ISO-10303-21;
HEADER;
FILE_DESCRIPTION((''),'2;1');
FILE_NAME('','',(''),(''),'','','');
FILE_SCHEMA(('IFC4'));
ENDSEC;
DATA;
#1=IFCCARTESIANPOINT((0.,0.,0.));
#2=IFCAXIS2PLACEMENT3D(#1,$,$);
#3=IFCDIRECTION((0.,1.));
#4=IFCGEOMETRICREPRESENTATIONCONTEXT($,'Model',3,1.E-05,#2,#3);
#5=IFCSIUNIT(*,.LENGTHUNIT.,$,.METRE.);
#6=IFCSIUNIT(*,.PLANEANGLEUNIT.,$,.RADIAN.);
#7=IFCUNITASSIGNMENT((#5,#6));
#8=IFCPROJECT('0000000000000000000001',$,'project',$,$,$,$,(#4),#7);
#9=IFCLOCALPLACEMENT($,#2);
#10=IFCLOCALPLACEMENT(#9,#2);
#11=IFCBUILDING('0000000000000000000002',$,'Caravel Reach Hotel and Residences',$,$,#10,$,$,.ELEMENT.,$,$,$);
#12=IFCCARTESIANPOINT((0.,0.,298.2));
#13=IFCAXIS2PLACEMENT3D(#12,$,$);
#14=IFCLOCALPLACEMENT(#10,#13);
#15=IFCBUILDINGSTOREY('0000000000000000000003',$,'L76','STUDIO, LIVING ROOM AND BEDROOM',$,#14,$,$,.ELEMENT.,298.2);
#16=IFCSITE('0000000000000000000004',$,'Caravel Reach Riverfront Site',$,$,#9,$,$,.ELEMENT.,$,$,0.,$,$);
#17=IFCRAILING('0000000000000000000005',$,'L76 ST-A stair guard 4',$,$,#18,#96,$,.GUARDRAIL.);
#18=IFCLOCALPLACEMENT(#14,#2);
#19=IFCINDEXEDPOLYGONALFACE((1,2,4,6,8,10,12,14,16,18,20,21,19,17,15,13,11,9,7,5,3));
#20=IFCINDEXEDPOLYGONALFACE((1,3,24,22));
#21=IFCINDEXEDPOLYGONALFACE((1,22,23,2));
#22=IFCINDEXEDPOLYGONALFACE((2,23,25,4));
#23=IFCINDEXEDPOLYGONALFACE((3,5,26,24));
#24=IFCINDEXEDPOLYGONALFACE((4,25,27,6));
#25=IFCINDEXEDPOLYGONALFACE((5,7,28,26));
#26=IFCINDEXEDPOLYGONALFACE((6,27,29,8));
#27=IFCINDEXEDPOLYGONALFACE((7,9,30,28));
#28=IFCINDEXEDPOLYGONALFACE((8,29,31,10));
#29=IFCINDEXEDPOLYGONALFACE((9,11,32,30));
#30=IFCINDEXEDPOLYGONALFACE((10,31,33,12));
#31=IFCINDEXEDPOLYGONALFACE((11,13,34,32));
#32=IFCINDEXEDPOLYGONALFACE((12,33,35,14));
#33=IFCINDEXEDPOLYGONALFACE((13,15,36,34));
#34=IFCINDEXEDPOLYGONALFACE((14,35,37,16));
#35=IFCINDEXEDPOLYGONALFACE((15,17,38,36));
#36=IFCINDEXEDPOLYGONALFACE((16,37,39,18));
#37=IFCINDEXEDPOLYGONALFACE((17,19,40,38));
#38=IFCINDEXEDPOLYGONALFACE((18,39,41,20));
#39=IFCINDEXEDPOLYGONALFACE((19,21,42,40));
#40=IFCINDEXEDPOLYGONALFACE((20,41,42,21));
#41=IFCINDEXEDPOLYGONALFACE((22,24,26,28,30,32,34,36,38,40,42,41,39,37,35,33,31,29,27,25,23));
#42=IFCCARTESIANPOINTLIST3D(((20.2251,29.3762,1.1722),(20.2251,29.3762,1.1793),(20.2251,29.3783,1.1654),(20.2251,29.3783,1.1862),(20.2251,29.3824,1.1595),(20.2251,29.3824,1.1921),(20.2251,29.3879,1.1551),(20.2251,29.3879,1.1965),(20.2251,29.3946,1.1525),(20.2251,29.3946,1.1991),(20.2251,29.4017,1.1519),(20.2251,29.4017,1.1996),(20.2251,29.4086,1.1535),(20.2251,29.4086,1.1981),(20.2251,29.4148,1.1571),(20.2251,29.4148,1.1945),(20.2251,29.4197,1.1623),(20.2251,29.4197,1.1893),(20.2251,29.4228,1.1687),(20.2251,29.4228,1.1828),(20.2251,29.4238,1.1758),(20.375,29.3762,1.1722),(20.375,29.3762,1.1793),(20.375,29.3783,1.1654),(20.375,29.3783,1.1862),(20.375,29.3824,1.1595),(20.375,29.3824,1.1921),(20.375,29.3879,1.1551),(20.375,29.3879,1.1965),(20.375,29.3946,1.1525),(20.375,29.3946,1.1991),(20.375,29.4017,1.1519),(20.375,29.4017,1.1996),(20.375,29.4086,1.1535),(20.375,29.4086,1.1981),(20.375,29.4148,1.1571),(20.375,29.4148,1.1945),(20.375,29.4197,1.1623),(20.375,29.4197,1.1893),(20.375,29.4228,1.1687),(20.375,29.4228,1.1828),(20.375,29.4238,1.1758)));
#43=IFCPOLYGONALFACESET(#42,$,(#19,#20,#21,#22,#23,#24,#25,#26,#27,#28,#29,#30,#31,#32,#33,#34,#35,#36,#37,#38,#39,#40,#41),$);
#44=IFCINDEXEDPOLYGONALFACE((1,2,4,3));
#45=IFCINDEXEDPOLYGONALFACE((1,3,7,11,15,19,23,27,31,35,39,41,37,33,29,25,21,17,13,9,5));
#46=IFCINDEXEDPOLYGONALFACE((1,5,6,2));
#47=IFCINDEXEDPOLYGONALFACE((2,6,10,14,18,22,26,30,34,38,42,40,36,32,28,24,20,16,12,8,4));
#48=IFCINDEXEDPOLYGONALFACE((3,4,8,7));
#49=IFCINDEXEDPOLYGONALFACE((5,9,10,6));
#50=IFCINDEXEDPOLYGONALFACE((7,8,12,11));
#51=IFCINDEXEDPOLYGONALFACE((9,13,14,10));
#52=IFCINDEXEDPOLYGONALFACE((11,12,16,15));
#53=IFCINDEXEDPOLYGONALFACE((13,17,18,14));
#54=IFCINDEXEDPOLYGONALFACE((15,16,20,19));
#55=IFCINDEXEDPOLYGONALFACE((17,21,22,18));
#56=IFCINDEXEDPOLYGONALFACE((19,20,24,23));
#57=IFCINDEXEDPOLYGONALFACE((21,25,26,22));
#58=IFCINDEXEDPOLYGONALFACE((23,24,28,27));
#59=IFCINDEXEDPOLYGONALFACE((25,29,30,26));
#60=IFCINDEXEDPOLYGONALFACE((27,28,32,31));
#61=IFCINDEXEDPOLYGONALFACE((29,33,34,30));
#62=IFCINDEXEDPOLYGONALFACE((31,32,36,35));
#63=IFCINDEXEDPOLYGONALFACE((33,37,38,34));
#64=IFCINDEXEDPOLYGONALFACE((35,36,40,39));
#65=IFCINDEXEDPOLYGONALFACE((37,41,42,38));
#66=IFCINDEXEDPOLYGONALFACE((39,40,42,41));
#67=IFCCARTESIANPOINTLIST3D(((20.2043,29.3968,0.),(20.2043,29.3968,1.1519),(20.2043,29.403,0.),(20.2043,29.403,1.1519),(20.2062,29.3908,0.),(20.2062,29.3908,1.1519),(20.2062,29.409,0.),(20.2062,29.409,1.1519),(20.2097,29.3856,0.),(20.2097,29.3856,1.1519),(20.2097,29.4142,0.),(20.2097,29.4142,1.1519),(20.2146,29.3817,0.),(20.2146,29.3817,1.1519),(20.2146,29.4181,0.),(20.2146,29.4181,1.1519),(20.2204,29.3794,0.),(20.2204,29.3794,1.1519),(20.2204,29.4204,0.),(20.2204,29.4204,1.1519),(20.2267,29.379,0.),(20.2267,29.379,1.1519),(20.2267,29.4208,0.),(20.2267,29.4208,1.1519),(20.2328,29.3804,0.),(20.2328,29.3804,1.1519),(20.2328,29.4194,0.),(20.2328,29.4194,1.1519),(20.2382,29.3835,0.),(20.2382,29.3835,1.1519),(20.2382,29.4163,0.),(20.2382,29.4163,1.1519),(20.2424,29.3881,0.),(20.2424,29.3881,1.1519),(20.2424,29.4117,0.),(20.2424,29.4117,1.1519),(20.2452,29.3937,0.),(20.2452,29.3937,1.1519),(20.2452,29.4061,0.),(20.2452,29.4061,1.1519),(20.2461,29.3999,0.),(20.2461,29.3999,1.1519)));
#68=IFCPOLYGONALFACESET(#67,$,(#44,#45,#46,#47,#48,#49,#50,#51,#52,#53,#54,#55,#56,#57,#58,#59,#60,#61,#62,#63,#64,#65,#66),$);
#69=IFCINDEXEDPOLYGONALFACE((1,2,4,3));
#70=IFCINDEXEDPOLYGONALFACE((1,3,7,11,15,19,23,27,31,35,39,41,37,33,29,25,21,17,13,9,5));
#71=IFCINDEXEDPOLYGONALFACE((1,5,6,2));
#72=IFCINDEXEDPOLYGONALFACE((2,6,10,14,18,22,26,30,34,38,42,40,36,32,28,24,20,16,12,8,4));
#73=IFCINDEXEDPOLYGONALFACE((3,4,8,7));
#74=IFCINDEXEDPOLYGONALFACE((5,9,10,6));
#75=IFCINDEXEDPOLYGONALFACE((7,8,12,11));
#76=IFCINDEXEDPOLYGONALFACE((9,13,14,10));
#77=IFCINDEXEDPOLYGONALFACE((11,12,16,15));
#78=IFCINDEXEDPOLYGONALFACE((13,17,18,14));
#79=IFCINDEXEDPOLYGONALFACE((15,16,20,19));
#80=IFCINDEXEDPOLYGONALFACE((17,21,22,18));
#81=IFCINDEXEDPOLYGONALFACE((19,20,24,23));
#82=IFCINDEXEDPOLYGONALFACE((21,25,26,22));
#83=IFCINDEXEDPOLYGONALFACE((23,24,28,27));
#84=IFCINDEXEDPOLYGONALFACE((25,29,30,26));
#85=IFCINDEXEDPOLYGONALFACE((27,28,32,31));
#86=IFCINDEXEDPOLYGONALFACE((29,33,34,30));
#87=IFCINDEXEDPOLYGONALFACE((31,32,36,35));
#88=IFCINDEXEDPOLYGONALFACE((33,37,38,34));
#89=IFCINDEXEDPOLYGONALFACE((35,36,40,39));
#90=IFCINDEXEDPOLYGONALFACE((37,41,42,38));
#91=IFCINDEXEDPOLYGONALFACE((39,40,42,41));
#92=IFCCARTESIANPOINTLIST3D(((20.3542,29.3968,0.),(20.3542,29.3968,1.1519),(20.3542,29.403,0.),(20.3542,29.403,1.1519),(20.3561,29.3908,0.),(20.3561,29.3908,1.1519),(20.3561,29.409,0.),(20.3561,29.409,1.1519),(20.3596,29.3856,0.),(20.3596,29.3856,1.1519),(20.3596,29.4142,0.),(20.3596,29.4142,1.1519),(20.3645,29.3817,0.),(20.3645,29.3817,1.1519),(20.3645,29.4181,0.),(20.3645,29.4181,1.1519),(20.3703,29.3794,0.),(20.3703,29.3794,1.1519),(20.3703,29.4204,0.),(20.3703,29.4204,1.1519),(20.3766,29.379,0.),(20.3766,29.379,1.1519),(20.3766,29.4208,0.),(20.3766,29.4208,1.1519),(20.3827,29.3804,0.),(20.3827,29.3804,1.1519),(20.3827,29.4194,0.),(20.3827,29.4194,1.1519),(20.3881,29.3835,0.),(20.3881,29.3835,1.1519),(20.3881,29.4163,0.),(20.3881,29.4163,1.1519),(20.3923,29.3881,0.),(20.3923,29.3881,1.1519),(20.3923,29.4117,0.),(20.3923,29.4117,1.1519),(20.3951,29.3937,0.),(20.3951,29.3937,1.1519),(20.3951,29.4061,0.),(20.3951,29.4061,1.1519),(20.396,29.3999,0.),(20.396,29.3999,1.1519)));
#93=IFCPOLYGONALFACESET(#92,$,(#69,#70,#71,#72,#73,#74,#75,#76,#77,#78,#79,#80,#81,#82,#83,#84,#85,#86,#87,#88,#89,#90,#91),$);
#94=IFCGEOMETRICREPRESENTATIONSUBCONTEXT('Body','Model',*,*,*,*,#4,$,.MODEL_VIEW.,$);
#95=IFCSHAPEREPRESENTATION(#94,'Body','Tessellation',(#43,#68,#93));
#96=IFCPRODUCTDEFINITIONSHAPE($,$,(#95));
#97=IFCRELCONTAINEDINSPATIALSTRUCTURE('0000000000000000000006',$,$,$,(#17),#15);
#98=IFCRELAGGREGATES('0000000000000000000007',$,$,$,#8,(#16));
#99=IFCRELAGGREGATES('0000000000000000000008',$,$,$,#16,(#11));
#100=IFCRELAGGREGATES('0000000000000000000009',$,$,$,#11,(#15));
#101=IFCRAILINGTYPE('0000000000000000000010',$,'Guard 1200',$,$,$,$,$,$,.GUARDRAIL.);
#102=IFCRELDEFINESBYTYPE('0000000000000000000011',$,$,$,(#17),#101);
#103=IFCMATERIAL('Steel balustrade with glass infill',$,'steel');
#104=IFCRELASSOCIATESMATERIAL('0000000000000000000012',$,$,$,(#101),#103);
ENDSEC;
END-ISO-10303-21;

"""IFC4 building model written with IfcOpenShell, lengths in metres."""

from ifc_helpers import new_model, si_unit, direction, frame, origin, origin_2d, place, context, subcontext, project, spatial, circle, extrude, material, type_object, element, save


model = new_model("IFC4")

# Units and contexts
model_context = context("Model", 3, precision=1e-05, world=origin(), true_north=direction((0.0, 1.0)))
body_context = subcontext(model_context, "Body", "Model", "MODEL_VIEW")
ifc_project = project(units=[si_unit("LENGTHUNIT", "METRE"), si_unit("PLANEANGLEUNIT", "RADIAN")], contexts=[model_context])

# Site, building, storey
site_placement = place(None, origin())
site = spatial("IfcSite", under=ifc_project, at=site_placement, Name="Caravel Reach Riverfront Site", CompositionType="ELEMENT", RefElevation=0.0)
building_placement = place(site_placement, origin())
building = spatial("IfcBuilding", under=site, at=building_placement, Name="Caravel Reach Hotel and Residences", CompositionType="ELEMENT")
storey_placement = place(building_placement, frame((0.0, 0.0, 298.2)))
storey = spatial("IfcBuildingStorey", under=building, at=storey_placement, Name="L76", Description="STUDIO, LIVING ROOM AND BEDROOM", CompositionType="ELEMENT", Elevation=298.2)

# Railing
ifc_material_1 = material(Name="Steel balustrade with glass infill", Category="steel")
railing_type_1 = type_object("IfcRailingType", Name="Guard 1200", PredefinedType="GUARDRAIL", material=ifc_material_1)
railing_1_placement = place(storey_placement, frame((20.2251, 29.3999, 0.0)))
element("IfcRailing", 1, at=railing_1_placement, inside=storey, type_object=railing_type_1, Name="L76 ST-A stair guard 4", PredefinedType="GUARDRAIL", context=body_context, shape_type="SweptSolid", body=[
    extrude(circle(Radius=0.0239, at=origin_2d()), frame((0.0, 0.0, 1.1758), z_axis=(1.0, 0.0, 0.0), x_axis=(0.0, 1.0, 0.0)), (0.0, 0.0, 1.0), 0.1499),
    extrude(circle(Radius=0.021, at=origin_2d()), origin(), (0.0, 0.0, 1.0), 1.1519),
    extrude(circle(Radius=0.021, at=origin_2d()), frame((0.1499, 0.0, 0.0)), (0.0, 0.0, 1.0), 1.1519),
])

save(model, "model.ifc")
